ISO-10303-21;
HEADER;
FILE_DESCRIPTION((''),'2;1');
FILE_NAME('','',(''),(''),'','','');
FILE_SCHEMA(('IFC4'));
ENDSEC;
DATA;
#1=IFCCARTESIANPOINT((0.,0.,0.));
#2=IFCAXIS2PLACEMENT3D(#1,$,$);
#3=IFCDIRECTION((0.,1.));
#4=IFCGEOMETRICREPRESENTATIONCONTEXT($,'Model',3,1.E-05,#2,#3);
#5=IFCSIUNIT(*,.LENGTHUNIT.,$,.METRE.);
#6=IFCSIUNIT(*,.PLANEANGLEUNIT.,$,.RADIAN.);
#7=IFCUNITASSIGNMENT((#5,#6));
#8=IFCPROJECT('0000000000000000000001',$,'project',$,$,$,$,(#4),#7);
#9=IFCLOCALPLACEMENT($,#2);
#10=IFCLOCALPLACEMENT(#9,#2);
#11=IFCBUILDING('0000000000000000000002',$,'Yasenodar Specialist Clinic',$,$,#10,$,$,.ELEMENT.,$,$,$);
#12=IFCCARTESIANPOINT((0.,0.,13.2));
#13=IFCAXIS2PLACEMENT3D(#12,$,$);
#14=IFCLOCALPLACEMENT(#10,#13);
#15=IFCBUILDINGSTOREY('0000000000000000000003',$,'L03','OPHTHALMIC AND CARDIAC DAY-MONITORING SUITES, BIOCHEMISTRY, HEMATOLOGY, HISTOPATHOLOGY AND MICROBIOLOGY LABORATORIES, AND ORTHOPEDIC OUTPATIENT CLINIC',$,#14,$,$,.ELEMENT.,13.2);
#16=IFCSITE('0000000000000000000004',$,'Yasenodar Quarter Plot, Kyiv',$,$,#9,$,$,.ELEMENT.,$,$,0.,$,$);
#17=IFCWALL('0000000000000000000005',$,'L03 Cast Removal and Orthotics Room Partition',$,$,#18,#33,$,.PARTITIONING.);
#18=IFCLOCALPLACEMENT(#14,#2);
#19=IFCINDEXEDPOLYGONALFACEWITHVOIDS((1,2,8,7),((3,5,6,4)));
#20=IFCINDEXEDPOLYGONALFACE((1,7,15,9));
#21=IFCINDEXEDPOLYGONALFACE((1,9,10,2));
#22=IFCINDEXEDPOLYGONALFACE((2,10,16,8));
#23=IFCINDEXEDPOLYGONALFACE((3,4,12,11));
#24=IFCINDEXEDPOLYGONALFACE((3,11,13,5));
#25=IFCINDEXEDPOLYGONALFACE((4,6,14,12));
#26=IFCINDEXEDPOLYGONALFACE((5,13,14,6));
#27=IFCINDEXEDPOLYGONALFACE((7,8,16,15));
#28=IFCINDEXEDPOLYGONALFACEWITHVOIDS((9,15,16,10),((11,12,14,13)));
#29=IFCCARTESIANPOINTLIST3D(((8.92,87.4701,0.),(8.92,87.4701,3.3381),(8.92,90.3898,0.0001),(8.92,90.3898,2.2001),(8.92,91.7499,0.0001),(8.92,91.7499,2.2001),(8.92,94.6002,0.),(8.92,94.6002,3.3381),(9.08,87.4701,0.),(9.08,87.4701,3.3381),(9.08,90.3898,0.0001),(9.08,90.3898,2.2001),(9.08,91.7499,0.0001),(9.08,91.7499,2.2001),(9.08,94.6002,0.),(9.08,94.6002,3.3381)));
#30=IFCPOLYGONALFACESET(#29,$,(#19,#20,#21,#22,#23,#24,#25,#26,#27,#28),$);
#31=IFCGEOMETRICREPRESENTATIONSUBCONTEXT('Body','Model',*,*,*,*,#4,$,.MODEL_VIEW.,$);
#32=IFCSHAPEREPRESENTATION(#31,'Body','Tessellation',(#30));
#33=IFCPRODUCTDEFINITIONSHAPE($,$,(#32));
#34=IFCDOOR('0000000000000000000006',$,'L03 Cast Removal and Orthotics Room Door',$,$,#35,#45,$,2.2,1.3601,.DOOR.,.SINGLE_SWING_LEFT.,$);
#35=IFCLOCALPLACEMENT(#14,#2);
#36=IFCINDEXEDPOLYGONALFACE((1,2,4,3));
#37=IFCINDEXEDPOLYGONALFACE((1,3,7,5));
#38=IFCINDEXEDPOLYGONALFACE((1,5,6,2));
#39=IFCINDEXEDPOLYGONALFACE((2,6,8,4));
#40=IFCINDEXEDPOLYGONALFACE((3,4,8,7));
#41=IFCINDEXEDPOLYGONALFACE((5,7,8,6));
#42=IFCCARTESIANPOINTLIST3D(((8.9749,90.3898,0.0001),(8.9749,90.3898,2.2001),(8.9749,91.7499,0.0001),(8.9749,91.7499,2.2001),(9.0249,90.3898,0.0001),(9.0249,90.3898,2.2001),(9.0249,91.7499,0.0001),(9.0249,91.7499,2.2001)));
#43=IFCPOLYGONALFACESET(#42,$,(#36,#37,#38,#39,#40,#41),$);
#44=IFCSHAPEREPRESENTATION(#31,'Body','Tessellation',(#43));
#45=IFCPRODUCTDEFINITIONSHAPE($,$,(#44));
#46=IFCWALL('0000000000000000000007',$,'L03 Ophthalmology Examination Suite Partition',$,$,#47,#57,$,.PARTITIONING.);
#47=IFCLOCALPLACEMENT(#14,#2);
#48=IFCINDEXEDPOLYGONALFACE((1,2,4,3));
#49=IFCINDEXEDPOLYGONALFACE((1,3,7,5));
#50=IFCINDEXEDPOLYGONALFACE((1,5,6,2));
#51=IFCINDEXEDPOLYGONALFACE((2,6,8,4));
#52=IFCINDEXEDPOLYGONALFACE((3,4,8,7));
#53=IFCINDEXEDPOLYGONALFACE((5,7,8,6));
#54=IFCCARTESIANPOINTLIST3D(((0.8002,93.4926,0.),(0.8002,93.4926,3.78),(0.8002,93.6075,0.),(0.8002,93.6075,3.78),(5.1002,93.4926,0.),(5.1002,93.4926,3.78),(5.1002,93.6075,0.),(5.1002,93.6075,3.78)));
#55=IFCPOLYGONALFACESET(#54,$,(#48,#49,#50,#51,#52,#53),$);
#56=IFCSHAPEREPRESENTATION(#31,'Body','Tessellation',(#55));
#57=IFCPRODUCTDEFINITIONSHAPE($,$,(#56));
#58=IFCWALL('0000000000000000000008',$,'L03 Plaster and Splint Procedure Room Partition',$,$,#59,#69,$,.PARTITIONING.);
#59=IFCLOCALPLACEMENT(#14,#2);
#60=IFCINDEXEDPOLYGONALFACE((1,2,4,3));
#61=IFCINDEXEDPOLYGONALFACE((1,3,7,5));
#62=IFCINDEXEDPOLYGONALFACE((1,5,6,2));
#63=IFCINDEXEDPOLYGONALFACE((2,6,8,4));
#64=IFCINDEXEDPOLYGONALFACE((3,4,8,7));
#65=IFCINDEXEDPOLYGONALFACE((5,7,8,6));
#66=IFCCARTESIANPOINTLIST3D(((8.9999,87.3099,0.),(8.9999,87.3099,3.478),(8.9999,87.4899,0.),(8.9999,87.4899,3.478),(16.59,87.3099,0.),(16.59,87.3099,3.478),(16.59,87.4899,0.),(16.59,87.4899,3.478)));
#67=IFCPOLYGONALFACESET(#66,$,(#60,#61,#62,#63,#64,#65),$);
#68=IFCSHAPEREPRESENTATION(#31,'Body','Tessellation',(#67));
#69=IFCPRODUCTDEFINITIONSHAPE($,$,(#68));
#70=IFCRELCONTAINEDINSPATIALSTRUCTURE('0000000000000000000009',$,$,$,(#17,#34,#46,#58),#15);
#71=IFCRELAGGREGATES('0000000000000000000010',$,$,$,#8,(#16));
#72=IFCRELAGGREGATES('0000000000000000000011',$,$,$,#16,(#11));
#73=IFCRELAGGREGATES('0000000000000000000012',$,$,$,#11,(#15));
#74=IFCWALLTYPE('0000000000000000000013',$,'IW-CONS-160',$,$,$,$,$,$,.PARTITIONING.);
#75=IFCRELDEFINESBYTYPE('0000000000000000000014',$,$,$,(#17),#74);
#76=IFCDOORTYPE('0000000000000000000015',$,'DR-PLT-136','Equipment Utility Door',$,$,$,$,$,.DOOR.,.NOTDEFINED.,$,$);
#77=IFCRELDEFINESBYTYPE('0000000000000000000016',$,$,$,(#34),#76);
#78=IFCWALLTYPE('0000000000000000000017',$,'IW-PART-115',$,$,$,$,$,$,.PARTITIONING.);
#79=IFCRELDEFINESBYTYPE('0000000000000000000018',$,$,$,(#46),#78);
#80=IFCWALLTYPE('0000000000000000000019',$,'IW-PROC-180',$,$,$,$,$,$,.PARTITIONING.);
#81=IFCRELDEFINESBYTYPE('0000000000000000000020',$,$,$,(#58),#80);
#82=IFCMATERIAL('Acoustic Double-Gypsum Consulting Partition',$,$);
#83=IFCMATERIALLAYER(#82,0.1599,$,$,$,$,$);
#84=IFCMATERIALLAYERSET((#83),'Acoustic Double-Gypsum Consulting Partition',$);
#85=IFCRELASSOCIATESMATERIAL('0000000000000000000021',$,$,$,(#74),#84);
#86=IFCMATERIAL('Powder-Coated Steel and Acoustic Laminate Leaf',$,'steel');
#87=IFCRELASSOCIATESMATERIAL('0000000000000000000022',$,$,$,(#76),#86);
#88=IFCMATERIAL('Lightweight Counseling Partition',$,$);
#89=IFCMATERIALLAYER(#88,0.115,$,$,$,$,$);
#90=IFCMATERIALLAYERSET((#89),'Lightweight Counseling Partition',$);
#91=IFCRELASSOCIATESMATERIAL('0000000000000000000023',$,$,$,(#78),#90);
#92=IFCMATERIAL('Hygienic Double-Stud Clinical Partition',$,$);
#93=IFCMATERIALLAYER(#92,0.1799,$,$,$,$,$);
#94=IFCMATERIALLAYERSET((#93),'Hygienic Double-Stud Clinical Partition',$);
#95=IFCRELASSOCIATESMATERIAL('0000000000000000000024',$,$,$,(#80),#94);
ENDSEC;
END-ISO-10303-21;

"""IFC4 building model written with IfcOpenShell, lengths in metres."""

from ifc_helpers import new_model, si_unit, direction, frame, frame_2d, origin, place, context, subcontext, project, spatial, rectangle, extrude, material, layer, layer_set, type_object, element, fill, save


model = new_model("IFC4")

# Units and contexts
model_context = context("Model", 3, precision=1e-05, world=origin(), true_north=direction((0.0, 1.0)))
body_context = subcontext(model_context, "Body", "Model", "MODEL_VIEW")
ifc_project = project(units=[si_unit("LENGTHUNIT", "METRE"), si_unit("PLANEANGLEUNIT", "RADIAN")], contexts=[model_context])

# Site, building, storey
site_placement = place(None, origin())
site = spatial("IfcSite", under=ifc_project, at=site_placement, Name="Yasenodar Quarter Plot, Kyiv", CompositionType="ELEMENT", RefElevation=0.0)
building_placement = place(site_placement, origin())
building = spatial("IfcBuilding", under=site, at=building_placement, Name="Yasenodar Specialist Clinic", CompositionType="ELEMENT")
storey_placement = place(building_placement, frame((0.0, 0.0, 13.2)))
storey = spatial("IfcBuildingStorey", under=building, at=storey_placement, Name="L03", Description="OPHTHALMIC AND CARDIAC DAY-MONITORING SUITES, BIOCHEMISTRY, HEMATOLOGY, HISTOPATHOLOGY AND MICROBIOLOGY LABORATORIES, AND ORTHOPEDIC OUTPATIENT CLINIC", CompositionType="ELEMENT", Elevation=13.2)

# Wall, opening, door
ifc_material_1 = material(Name="Acoustic Double-Gypsum Consulting Partition")
ifc_layer_1 = layer(ifc_material_1, 0.1599)
ifc_layer_set_1 = layer_set([ifc_layer_1], Name="Acoustic Double-Gypsum Consulting Partition")
wall_type_1 = type_object("IfcWallType", Name="IW-CONS-160", PredefinedType="PARTITIONING", material=ifc_layer_set_1)
wall_1_placement = place(storey_placement, frame((9.0, 94.6001, 0.0), z_axis=(0.0, 0.0, 1.0), x_axis=(0.0, -1.0, 0.0)))
wall_1 = element("IfcWall", 1, at=wall_1_placement, inside=storey, type_object=wall_type_1, Name="L03 Cast Removal and Orthotics Room Partition", PredefinedType="PARTITIONING", context=body_context, shape_type="SweptSolid", body=[
    extrude(rectangle(XDim=7.1301, YDim=0.1599, at=frame_2d((3.5649, 0.0))), origin(), (0.0, 0.0, 1.0), 3.3381),
])
opening_1_placement = place(wall_1_placement, frame((2.8501, 0.0, 0.0)))
opening_1 = element("IfcOpeningElement", 2, at=opening_1_placement, cuts=wall_1, PredefinedType="OPENING", context=body_context, shape_type="SweptSolid", body=[
    extrude(rectangle(XDim=1.3601, YDim=2.2, at=frame_2d((0.6802, 1.1001))), frame((0.0, 0.0898, 0.0), z_axis=(0.0, -1.0, 0.0), x_axis=(1.0, 0.0, 0.0)), (0.0, 0.0, 1.0), 0.1799),
])
ifc_material_2 = material(Name="Powder-Coated Steel and Acoustic Laminate Leaf", Category="steel")
door_type = type_object("IfcDoorType", Name="DR-PLT-136", Description="Equipment Utility Door", OperationType="NOTDEFINED", PredefinedType="DOOR", material=ifc_material_2)
door_placement = place(opening_1_placement, origin())
door = element("IfcDoor", 3, at=door_placement, inside=storey, type_object=door_type, Name="L03 Cast Removal and Orthotics Room Door", OperationType="SINGLE_SWING_LEFT", OverallHeight=2.2, OverallWidth=1.3601, PredefinedType="DOOR", context=body_context, shape_type="SweptSolid", body=[
    extrude(rectangle(XDim=1.3601, YDim=2.2, at=frame_2d((0.6802, 1.1001))), frame((0.0, 0.0249, 0.0), z_axis=(0.0, -1.0, 0.0), x_axis=(1.0, 0.0, 0.0)), (0.0, 0.0, 1.0), 0.05),
])
fill(opening_1, door)

# Walls
ifc_material_3 = material(Name="Lightweight Counseling Partition")
ifc_layer_2 = layer(ifc_material_3, 0.115)
ifc_layer_set_2 = layer_set([ifc_layer_2], Name="Lightweight Counseling Partition")
wall_type_2 = type_object("IfcWallType", Name="IW-PART-115", PredefinedType="PARTITIONING", material=ifc_layer_set_2)
wall_2_placement = place(storey_placement, frame((5.1001, 93.55, 0.0), z_axis=(0.0, 0.0, 1.0), x_axis=(-1.0, 0.0, 0.0)))
element("IfcWall", 4, at=wall_2_placement, inside=storey, type_object=wall_type_2, Name="L03 Ophthalmology Examination Suite Partition", PredefinedType="PARTITIONING", context=body_context, shape_type="SweptSolid", body=[
    extrude(rectangle(XDim=4.3, YDim=0.115, at=frame_2d((2.1499, 0.0))), origin(), (0.0, 0.0, 1.0), 3.78),
])
ifc_material_4 = material(Name="Hygienic Double-Stud Clinical Partition")
ifc_layer_3 = layer(ifc_material_4, 0.1799)
ifc_layer_set_3 = layer_set([ifc_layer_3], Name="Hygienic Double-Stud Clinical Partition")
wall_type_3 = type_object("IfcWallType", Name="IW-PROC-180", PredefinedType="PARTITIONING", material=ifc_layer_set_3)
wall_3_placement = place(storey_placement, frame((9.0, 87.3999, 0.0), z_axis=(0.0, 0.0, 1.0), x_axis=(1.0, 0.0, 0.0)))
element("IfcWall", 5, at=wall_3_placement, inside=storey, type_object=wall_type_3, Name="L03 Plaster and Splint Procedure Room Partition", PredefinedType="PARTITIONING", context=body_context, shape_type="SweptSolid", body=[
    extrude(rectangle(XDim=7.5901, YDim=0.1799, at=frame_2d((3.7949, 0.0))), origin(), (0.0, 0.0, 1.0), 3.478),
])

save(model, "model.ifc")
